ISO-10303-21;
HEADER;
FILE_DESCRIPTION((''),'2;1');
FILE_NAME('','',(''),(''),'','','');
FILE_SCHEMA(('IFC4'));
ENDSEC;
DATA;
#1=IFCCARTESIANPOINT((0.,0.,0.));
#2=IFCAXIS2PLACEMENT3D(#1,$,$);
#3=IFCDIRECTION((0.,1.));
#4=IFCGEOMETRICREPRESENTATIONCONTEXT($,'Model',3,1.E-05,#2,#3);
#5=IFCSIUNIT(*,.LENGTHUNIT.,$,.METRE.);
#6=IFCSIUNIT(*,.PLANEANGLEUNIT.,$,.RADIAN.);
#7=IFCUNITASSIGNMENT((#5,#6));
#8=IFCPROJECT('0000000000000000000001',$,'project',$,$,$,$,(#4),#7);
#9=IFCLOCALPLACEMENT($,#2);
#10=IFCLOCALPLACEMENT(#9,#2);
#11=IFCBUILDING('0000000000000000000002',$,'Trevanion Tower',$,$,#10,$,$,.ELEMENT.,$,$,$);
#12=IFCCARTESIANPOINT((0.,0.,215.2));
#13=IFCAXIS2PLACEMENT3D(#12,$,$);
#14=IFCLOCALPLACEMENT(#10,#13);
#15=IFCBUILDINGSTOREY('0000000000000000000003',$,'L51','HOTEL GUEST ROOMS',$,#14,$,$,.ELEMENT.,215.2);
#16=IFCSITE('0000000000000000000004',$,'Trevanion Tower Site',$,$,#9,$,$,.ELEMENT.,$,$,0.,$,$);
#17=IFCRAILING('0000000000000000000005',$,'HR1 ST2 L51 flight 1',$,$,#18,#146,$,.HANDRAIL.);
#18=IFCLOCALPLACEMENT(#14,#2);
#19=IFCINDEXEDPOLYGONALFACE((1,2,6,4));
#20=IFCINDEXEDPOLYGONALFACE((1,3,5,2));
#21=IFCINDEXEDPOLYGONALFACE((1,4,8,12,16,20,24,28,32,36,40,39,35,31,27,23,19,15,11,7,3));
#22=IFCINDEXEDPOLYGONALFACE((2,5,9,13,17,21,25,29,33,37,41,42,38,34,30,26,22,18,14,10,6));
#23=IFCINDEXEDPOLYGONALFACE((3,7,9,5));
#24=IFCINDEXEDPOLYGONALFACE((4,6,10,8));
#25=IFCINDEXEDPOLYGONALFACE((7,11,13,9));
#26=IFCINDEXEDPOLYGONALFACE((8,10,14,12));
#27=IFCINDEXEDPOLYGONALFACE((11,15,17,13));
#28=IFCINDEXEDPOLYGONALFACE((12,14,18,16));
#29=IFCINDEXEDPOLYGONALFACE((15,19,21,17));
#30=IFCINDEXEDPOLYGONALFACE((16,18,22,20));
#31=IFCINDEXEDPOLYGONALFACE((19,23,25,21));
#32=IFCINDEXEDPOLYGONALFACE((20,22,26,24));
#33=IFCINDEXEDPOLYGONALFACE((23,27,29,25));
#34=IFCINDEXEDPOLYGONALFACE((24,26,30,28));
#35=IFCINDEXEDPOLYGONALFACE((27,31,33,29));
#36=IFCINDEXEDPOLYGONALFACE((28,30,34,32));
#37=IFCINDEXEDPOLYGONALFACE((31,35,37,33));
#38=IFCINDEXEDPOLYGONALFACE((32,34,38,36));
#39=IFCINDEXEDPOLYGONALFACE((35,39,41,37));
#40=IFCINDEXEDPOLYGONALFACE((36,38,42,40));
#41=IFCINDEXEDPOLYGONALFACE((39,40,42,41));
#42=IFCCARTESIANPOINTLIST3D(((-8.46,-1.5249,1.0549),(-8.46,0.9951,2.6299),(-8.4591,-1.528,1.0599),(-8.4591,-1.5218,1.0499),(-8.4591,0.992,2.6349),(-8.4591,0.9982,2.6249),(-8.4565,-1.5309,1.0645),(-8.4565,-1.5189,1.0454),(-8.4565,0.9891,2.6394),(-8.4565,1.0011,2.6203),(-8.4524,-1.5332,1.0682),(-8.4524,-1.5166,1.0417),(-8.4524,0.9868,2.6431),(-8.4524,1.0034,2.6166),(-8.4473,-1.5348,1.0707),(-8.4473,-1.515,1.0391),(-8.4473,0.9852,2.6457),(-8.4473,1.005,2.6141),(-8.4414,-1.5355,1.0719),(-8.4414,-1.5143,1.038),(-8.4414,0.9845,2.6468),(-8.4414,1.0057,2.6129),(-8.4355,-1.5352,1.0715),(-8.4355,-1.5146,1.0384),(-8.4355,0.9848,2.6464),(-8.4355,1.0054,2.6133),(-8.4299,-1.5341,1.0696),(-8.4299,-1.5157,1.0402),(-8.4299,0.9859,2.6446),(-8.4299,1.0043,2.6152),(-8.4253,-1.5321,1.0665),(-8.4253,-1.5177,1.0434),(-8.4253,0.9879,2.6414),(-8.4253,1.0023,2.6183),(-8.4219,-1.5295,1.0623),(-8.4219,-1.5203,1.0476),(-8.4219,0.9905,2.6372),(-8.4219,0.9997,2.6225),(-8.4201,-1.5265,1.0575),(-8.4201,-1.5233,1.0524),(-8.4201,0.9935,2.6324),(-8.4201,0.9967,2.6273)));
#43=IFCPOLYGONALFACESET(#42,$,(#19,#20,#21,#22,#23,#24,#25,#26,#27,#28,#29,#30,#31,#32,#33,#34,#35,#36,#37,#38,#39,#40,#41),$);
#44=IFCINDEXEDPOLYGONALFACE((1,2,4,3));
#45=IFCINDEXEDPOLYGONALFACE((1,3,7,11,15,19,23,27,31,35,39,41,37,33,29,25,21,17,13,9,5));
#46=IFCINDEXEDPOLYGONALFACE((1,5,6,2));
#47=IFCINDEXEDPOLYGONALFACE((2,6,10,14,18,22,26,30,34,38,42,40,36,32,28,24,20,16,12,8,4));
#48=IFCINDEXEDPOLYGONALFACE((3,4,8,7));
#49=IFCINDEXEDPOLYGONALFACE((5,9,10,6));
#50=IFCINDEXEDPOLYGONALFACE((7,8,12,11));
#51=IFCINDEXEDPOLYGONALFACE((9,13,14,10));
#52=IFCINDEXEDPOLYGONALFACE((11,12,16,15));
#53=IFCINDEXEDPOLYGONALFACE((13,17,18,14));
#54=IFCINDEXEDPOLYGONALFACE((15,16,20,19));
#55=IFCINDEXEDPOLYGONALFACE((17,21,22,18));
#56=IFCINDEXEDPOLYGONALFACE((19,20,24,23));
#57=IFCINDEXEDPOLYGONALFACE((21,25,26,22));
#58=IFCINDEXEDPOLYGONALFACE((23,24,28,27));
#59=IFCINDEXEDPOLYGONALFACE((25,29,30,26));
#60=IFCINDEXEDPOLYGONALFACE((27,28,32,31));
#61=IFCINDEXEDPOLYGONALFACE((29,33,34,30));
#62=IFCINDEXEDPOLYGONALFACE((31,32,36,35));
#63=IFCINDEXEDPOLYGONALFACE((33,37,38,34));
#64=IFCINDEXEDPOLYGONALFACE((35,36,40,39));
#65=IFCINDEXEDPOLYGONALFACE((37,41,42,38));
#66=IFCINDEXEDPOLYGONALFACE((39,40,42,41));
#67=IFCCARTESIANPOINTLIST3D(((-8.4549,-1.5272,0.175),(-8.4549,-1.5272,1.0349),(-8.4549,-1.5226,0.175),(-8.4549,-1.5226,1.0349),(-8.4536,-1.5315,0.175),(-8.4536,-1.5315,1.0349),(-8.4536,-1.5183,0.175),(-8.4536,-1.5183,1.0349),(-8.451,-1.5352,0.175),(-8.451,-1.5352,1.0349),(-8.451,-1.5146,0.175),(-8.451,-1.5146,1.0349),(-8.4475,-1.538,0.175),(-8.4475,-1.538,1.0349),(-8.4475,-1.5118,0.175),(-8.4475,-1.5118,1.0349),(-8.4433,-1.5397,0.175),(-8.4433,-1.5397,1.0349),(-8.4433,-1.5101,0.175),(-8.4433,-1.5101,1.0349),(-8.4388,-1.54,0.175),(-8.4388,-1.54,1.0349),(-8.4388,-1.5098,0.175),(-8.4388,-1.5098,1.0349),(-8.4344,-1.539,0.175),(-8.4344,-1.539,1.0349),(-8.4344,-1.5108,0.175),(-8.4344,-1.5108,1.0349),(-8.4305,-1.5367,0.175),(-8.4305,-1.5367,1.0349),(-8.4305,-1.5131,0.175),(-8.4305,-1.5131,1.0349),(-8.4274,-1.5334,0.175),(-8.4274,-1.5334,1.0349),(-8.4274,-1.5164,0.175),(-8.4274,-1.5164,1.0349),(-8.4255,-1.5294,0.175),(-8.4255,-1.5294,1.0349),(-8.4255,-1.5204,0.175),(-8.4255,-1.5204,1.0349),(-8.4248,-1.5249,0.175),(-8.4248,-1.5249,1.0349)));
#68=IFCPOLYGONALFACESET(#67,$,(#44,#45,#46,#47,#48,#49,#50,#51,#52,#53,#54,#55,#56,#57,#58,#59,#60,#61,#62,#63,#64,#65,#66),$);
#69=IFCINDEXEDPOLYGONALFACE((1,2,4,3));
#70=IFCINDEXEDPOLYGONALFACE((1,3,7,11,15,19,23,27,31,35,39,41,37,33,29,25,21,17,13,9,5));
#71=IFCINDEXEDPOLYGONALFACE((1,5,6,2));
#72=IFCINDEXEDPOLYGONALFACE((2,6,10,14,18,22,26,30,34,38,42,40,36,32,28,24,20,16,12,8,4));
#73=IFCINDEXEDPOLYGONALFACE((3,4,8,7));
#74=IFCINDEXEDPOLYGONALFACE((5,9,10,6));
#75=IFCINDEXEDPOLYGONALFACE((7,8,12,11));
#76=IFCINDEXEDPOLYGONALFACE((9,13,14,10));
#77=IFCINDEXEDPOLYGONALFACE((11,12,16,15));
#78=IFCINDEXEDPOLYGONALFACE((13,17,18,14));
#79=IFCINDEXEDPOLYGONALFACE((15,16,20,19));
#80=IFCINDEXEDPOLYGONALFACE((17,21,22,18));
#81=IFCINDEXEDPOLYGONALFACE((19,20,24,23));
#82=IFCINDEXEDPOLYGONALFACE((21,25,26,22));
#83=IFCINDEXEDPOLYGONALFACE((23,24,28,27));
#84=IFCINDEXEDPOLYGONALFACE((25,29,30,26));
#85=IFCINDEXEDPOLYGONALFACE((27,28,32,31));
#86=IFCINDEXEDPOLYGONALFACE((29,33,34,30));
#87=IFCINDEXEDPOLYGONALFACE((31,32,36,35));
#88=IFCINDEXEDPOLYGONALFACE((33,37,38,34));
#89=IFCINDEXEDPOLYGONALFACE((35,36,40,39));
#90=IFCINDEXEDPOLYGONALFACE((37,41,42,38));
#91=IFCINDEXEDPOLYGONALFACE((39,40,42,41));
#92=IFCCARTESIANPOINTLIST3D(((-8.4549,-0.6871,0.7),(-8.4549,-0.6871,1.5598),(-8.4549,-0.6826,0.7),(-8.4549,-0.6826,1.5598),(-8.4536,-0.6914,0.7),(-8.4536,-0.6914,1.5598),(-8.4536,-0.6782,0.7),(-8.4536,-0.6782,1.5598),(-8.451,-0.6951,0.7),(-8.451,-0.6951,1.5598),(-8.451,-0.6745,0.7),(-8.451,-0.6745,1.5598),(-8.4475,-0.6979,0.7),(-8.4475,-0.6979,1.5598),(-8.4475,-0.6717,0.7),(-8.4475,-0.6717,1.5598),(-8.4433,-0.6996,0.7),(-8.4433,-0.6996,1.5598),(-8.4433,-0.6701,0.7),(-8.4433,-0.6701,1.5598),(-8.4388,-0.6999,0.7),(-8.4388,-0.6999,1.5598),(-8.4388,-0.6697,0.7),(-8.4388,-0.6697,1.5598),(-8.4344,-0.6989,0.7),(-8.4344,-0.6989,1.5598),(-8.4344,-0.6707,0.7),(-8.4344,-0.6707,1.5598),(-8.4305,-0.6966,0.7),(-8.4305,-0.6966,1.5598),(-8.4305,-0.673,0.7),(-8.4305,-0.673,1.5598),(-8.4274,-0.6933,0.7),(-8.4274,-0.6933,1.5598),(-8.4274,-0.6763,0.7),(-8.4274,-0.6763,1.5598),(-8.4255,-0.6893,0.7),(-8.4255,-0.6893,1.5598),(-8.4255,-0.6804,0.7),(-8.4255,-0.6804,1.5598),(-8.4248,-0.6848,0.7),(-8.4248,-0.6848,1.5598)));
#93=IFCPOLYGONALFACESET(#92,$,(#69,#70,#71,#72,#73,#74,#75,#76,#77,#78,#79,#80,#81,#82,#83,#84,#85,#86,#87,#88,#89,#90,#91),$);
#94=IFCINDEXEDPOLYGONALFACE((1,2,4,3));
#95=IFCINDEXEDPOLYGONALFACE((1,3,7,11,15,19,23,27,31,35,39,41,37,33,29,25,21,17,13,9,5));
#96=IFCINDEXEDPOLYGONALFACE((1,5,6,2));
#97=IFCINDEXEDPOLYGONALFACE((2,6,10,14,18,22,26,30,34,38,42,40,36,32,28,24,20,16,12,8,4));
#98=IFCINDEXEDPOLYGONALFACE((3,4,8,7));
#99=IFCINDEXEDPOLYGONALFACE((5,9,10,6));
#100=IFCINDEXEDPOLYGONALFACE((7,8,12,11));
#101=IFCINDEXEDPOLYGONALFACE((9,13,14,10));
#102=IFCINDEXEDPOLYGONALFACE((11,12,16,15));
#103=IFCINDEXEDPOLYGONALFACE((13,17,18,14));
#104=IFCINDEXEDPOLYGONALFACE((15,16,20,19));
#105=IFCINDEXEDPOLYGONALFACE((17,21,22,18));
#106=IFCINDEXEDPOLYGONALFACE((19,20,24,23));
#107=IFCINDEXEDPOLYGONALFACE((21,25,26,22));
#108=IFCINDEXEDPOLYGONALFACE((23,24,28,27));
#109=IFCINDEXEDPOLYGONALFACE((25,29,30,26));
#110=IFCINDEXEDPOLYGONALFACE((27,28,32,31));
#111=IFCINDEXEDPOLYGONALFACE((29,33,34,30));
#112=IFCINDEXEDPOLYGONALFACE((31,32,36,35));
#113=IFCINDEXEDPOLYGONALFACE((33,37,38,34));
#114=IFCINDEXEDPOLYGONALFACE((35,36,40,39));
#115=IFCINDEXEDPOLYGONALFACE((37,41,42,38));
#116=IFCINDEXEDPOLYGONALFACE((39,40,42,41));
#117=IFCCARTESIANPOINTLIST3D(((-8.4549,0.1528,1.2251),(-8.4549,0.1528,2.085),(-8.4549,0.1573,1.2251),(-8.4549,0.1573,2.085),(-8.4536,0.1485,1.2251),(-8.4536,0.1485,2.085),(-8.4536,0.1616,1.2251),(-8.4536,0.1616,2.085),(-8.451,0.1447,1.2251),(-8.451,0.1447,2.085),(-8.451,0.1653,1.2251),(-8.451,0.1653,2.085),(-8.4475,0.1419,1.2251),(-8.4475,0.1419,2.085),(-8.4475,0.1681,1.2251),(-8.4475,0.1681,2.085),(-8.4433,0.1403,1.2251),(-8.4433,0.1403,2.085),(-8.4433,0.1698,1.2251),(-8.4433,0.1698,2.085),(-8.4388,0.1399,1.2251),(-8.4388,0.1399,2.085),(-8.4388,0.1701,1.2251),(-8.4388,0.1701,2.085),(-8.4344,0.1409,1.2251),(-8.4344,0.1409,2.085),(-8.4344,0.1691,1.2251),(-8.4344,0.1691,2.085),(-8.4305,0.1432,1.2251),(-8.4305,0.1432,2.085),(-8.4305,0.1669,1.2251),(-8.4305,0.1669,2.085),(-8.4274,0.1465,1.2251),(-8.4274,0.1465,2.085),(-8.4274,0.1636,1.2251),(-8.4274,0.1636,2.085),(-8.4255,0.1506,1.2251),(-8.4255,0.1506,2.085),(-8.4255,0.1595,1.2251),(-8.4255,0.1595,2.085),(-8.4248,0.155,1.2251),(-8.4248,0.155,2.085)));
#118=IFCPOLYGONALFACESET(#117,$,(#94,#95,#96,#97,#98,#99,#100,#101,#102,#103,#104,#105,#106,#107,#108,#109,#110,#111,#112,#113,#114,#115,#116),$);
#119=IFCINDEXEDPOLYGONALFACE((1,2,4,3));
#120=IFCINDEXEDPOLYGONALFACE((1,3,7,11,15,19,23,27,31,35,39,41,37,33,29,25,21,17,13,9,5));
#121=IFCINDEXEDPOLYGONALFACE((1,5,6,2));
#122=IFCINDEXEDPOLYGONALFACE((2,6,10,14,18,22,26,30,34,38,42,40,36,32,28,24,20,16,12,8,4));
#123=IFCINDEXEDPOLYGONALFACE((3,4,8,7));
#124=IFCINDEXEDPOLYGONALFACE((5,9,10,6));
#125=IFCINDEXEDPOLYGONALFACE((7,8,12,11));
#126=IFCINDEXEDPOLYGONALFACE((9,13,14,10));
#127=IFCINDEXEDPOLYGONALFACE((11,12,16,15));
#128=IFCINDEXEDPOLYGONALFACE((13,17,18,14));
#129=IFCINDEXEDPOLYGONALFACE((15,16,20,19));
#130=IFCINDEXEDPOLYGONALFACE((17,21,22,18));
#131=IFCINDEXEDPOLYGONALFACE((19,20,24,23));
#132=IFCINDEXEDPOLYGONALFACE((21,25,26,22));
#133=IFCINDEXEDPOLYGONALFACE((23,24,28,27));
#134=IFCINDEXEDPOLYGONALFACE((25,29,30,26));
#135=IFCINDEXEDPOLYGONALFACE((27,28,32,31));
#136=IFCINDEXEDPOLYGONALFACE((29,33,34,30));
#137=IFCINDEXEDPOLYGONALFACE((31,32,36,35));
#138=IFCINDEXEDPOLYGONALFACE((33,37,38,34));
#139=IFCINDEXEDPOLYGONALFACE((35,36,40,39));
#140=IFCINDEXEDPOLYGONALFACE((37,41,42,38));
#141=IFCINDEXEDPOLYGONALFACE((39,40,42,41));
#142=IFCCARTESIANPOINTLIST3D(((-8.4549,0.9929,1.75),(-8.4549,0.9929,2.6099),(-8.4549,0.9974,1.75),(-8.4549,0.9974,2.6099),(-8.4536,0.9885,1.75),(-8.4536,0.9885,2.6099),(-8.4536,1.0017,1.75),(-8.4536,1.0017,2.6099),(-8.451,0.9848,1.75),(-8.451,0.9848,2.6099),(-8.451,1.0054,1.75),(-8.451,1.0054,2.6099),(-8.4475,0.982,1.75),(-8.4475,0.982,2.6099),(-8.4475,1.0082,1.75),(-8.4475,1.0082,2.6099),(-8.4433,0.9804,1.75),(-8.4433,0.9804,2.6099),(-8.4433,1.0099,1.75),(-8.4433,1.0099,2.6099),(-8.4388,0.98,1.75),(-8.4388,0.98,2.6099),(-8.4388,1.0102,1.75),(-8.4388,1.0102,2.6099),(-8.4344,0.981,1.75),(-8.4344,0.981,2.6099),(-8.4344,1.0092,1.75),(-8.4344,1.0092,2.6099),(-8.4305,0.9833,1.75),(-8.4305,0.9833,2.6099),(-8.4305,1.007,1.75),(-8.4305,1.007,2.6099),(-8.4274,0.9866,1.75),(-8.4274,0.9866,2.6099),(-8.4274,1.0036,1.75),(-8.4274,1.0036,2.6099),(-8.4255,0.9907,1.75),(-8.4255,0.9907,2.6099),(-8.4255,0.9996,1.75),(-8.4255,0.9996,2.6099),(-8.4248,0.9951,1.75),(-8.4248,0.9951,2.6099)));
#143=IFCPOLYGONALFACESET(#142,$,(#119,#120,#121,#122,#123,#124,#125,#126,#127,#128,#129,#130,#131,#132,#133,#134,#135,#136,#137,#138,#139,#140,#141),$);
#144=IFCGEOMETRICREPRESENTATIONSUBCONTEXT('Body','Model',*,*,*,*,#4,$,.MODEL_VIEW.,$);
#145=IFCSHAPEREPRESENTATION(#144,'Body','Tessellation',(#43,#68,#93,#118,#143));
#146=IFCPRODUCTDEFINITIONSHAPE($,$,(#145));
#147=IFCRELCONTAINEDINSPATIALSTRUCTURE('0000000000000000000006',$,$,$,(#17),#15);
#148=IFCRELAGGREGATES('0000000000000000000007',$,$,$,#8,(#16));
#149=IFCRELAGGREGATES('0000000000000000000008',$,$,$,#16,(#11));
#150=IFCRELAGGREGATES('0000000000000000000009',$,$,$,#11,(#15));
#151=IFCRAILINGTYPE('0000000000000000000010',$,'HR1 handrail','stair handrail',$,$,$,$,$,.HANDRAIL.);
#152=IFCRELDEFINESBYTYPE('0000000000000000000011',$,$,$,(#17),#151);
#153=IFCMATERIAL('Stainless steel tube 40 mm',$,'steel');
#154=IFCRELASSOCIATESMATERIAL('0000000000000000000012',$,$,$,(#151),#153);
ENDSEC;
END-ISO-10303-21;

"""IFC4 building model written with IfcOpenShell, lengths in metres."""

from ifc_helpers import new_model, si_unit, direction, frame, origin, origin_2d, place, context, subcontext, project, spatial, circle, extrude, material, type_object, element, save


model = new_model("IFC4")

# Units and contexts
model_context = context("Model", 3, precision=1e-05, world=origin(), true_north=direction((0.0, 1.0)))
body_context = subcontext(model_context, "Body", "Model", "MODEL_VIEW")
ifc_project = project(units=[si_unit("LENGTHUNIT", "METRE"), si_unit("PLANEANGLEUNIT", "RADIAN")], contexts=[model_context])

# Site, building, storey
site_placement = place(None, origin())
site = spatial("IfcSite", under=ifc_project, at=site_placement, Name="Trevanion Tower Site", CompositionType="ELEMENT", RefElevation=0.0)
building_placement = place(site_placement, origin())
building = spatial("IfcBuilding", under=site, at=building_placement, Name="Trevanion Tower", CompositionType="ELEMENT")
storey_placement = place(building_placement, frame((0.0, 0.0, 215.2)))
storey = spatial("IfcBuildingStorey", under=building, at=storey_placement, Name="L51", Description="HOTEL GUEST ROOMS", CompositionType="ELEMENT", Elevation=215.2)

# Railing
ifc_material_1 = material(Name="Stainless steel tube 40 mm", Category="steel")
railing_type = type_object("IfcRailingType", Name="HR1 handrail", Description="stair handrail", PredefinedType="HANDRAIL", material=ifc_material_1)
for number, where, name in (
    (1, (-8.4399, -1.5249, 0.175), "HR1 ST2 L51 flight 1"),
):
    element("IfcRailing", number, at=place(storey_placement, frame(where)), inside=storey, type_object=railing_type, Name=name, PredefinedType="HANDRAIL", context=body_context, shape_type="SweptSolid", body=[
        extrude(circle(Radius=0.02, at=origin_2d()), frame((0.0, 0.0, 0.8799), z_axis=(0.0, 0.848008, 0.529984), x_axis=(-1.0, 0.0, 0.0)), (0.0, 0.0, 1.0), 2.9717),
        extrude(circle(Radius=0.0151, at=origin_2d()), origin(), (0.0, 0.0, 1.0), 0.8599),
        extrude(circle(Radius=0.0151, at=origin_2d()), frame((0.0, 0.8401, 0.5249)), (0.0, 0.0, 1.0), 0.8599),
        extrude(circle(Radius=0.0151, at=origin_2d()), frame((0.0, 1.6799, 1.05)), (0.0, 0.0, 1.0), 0.8599),
        extrude(circle(Radius=0.0151, at=origin_2d()), frame((0.0, 2.52, 1.575)), (0.0, 0.0, 1.0), 0.8599),
    ])

save(model, "model.ifc")
